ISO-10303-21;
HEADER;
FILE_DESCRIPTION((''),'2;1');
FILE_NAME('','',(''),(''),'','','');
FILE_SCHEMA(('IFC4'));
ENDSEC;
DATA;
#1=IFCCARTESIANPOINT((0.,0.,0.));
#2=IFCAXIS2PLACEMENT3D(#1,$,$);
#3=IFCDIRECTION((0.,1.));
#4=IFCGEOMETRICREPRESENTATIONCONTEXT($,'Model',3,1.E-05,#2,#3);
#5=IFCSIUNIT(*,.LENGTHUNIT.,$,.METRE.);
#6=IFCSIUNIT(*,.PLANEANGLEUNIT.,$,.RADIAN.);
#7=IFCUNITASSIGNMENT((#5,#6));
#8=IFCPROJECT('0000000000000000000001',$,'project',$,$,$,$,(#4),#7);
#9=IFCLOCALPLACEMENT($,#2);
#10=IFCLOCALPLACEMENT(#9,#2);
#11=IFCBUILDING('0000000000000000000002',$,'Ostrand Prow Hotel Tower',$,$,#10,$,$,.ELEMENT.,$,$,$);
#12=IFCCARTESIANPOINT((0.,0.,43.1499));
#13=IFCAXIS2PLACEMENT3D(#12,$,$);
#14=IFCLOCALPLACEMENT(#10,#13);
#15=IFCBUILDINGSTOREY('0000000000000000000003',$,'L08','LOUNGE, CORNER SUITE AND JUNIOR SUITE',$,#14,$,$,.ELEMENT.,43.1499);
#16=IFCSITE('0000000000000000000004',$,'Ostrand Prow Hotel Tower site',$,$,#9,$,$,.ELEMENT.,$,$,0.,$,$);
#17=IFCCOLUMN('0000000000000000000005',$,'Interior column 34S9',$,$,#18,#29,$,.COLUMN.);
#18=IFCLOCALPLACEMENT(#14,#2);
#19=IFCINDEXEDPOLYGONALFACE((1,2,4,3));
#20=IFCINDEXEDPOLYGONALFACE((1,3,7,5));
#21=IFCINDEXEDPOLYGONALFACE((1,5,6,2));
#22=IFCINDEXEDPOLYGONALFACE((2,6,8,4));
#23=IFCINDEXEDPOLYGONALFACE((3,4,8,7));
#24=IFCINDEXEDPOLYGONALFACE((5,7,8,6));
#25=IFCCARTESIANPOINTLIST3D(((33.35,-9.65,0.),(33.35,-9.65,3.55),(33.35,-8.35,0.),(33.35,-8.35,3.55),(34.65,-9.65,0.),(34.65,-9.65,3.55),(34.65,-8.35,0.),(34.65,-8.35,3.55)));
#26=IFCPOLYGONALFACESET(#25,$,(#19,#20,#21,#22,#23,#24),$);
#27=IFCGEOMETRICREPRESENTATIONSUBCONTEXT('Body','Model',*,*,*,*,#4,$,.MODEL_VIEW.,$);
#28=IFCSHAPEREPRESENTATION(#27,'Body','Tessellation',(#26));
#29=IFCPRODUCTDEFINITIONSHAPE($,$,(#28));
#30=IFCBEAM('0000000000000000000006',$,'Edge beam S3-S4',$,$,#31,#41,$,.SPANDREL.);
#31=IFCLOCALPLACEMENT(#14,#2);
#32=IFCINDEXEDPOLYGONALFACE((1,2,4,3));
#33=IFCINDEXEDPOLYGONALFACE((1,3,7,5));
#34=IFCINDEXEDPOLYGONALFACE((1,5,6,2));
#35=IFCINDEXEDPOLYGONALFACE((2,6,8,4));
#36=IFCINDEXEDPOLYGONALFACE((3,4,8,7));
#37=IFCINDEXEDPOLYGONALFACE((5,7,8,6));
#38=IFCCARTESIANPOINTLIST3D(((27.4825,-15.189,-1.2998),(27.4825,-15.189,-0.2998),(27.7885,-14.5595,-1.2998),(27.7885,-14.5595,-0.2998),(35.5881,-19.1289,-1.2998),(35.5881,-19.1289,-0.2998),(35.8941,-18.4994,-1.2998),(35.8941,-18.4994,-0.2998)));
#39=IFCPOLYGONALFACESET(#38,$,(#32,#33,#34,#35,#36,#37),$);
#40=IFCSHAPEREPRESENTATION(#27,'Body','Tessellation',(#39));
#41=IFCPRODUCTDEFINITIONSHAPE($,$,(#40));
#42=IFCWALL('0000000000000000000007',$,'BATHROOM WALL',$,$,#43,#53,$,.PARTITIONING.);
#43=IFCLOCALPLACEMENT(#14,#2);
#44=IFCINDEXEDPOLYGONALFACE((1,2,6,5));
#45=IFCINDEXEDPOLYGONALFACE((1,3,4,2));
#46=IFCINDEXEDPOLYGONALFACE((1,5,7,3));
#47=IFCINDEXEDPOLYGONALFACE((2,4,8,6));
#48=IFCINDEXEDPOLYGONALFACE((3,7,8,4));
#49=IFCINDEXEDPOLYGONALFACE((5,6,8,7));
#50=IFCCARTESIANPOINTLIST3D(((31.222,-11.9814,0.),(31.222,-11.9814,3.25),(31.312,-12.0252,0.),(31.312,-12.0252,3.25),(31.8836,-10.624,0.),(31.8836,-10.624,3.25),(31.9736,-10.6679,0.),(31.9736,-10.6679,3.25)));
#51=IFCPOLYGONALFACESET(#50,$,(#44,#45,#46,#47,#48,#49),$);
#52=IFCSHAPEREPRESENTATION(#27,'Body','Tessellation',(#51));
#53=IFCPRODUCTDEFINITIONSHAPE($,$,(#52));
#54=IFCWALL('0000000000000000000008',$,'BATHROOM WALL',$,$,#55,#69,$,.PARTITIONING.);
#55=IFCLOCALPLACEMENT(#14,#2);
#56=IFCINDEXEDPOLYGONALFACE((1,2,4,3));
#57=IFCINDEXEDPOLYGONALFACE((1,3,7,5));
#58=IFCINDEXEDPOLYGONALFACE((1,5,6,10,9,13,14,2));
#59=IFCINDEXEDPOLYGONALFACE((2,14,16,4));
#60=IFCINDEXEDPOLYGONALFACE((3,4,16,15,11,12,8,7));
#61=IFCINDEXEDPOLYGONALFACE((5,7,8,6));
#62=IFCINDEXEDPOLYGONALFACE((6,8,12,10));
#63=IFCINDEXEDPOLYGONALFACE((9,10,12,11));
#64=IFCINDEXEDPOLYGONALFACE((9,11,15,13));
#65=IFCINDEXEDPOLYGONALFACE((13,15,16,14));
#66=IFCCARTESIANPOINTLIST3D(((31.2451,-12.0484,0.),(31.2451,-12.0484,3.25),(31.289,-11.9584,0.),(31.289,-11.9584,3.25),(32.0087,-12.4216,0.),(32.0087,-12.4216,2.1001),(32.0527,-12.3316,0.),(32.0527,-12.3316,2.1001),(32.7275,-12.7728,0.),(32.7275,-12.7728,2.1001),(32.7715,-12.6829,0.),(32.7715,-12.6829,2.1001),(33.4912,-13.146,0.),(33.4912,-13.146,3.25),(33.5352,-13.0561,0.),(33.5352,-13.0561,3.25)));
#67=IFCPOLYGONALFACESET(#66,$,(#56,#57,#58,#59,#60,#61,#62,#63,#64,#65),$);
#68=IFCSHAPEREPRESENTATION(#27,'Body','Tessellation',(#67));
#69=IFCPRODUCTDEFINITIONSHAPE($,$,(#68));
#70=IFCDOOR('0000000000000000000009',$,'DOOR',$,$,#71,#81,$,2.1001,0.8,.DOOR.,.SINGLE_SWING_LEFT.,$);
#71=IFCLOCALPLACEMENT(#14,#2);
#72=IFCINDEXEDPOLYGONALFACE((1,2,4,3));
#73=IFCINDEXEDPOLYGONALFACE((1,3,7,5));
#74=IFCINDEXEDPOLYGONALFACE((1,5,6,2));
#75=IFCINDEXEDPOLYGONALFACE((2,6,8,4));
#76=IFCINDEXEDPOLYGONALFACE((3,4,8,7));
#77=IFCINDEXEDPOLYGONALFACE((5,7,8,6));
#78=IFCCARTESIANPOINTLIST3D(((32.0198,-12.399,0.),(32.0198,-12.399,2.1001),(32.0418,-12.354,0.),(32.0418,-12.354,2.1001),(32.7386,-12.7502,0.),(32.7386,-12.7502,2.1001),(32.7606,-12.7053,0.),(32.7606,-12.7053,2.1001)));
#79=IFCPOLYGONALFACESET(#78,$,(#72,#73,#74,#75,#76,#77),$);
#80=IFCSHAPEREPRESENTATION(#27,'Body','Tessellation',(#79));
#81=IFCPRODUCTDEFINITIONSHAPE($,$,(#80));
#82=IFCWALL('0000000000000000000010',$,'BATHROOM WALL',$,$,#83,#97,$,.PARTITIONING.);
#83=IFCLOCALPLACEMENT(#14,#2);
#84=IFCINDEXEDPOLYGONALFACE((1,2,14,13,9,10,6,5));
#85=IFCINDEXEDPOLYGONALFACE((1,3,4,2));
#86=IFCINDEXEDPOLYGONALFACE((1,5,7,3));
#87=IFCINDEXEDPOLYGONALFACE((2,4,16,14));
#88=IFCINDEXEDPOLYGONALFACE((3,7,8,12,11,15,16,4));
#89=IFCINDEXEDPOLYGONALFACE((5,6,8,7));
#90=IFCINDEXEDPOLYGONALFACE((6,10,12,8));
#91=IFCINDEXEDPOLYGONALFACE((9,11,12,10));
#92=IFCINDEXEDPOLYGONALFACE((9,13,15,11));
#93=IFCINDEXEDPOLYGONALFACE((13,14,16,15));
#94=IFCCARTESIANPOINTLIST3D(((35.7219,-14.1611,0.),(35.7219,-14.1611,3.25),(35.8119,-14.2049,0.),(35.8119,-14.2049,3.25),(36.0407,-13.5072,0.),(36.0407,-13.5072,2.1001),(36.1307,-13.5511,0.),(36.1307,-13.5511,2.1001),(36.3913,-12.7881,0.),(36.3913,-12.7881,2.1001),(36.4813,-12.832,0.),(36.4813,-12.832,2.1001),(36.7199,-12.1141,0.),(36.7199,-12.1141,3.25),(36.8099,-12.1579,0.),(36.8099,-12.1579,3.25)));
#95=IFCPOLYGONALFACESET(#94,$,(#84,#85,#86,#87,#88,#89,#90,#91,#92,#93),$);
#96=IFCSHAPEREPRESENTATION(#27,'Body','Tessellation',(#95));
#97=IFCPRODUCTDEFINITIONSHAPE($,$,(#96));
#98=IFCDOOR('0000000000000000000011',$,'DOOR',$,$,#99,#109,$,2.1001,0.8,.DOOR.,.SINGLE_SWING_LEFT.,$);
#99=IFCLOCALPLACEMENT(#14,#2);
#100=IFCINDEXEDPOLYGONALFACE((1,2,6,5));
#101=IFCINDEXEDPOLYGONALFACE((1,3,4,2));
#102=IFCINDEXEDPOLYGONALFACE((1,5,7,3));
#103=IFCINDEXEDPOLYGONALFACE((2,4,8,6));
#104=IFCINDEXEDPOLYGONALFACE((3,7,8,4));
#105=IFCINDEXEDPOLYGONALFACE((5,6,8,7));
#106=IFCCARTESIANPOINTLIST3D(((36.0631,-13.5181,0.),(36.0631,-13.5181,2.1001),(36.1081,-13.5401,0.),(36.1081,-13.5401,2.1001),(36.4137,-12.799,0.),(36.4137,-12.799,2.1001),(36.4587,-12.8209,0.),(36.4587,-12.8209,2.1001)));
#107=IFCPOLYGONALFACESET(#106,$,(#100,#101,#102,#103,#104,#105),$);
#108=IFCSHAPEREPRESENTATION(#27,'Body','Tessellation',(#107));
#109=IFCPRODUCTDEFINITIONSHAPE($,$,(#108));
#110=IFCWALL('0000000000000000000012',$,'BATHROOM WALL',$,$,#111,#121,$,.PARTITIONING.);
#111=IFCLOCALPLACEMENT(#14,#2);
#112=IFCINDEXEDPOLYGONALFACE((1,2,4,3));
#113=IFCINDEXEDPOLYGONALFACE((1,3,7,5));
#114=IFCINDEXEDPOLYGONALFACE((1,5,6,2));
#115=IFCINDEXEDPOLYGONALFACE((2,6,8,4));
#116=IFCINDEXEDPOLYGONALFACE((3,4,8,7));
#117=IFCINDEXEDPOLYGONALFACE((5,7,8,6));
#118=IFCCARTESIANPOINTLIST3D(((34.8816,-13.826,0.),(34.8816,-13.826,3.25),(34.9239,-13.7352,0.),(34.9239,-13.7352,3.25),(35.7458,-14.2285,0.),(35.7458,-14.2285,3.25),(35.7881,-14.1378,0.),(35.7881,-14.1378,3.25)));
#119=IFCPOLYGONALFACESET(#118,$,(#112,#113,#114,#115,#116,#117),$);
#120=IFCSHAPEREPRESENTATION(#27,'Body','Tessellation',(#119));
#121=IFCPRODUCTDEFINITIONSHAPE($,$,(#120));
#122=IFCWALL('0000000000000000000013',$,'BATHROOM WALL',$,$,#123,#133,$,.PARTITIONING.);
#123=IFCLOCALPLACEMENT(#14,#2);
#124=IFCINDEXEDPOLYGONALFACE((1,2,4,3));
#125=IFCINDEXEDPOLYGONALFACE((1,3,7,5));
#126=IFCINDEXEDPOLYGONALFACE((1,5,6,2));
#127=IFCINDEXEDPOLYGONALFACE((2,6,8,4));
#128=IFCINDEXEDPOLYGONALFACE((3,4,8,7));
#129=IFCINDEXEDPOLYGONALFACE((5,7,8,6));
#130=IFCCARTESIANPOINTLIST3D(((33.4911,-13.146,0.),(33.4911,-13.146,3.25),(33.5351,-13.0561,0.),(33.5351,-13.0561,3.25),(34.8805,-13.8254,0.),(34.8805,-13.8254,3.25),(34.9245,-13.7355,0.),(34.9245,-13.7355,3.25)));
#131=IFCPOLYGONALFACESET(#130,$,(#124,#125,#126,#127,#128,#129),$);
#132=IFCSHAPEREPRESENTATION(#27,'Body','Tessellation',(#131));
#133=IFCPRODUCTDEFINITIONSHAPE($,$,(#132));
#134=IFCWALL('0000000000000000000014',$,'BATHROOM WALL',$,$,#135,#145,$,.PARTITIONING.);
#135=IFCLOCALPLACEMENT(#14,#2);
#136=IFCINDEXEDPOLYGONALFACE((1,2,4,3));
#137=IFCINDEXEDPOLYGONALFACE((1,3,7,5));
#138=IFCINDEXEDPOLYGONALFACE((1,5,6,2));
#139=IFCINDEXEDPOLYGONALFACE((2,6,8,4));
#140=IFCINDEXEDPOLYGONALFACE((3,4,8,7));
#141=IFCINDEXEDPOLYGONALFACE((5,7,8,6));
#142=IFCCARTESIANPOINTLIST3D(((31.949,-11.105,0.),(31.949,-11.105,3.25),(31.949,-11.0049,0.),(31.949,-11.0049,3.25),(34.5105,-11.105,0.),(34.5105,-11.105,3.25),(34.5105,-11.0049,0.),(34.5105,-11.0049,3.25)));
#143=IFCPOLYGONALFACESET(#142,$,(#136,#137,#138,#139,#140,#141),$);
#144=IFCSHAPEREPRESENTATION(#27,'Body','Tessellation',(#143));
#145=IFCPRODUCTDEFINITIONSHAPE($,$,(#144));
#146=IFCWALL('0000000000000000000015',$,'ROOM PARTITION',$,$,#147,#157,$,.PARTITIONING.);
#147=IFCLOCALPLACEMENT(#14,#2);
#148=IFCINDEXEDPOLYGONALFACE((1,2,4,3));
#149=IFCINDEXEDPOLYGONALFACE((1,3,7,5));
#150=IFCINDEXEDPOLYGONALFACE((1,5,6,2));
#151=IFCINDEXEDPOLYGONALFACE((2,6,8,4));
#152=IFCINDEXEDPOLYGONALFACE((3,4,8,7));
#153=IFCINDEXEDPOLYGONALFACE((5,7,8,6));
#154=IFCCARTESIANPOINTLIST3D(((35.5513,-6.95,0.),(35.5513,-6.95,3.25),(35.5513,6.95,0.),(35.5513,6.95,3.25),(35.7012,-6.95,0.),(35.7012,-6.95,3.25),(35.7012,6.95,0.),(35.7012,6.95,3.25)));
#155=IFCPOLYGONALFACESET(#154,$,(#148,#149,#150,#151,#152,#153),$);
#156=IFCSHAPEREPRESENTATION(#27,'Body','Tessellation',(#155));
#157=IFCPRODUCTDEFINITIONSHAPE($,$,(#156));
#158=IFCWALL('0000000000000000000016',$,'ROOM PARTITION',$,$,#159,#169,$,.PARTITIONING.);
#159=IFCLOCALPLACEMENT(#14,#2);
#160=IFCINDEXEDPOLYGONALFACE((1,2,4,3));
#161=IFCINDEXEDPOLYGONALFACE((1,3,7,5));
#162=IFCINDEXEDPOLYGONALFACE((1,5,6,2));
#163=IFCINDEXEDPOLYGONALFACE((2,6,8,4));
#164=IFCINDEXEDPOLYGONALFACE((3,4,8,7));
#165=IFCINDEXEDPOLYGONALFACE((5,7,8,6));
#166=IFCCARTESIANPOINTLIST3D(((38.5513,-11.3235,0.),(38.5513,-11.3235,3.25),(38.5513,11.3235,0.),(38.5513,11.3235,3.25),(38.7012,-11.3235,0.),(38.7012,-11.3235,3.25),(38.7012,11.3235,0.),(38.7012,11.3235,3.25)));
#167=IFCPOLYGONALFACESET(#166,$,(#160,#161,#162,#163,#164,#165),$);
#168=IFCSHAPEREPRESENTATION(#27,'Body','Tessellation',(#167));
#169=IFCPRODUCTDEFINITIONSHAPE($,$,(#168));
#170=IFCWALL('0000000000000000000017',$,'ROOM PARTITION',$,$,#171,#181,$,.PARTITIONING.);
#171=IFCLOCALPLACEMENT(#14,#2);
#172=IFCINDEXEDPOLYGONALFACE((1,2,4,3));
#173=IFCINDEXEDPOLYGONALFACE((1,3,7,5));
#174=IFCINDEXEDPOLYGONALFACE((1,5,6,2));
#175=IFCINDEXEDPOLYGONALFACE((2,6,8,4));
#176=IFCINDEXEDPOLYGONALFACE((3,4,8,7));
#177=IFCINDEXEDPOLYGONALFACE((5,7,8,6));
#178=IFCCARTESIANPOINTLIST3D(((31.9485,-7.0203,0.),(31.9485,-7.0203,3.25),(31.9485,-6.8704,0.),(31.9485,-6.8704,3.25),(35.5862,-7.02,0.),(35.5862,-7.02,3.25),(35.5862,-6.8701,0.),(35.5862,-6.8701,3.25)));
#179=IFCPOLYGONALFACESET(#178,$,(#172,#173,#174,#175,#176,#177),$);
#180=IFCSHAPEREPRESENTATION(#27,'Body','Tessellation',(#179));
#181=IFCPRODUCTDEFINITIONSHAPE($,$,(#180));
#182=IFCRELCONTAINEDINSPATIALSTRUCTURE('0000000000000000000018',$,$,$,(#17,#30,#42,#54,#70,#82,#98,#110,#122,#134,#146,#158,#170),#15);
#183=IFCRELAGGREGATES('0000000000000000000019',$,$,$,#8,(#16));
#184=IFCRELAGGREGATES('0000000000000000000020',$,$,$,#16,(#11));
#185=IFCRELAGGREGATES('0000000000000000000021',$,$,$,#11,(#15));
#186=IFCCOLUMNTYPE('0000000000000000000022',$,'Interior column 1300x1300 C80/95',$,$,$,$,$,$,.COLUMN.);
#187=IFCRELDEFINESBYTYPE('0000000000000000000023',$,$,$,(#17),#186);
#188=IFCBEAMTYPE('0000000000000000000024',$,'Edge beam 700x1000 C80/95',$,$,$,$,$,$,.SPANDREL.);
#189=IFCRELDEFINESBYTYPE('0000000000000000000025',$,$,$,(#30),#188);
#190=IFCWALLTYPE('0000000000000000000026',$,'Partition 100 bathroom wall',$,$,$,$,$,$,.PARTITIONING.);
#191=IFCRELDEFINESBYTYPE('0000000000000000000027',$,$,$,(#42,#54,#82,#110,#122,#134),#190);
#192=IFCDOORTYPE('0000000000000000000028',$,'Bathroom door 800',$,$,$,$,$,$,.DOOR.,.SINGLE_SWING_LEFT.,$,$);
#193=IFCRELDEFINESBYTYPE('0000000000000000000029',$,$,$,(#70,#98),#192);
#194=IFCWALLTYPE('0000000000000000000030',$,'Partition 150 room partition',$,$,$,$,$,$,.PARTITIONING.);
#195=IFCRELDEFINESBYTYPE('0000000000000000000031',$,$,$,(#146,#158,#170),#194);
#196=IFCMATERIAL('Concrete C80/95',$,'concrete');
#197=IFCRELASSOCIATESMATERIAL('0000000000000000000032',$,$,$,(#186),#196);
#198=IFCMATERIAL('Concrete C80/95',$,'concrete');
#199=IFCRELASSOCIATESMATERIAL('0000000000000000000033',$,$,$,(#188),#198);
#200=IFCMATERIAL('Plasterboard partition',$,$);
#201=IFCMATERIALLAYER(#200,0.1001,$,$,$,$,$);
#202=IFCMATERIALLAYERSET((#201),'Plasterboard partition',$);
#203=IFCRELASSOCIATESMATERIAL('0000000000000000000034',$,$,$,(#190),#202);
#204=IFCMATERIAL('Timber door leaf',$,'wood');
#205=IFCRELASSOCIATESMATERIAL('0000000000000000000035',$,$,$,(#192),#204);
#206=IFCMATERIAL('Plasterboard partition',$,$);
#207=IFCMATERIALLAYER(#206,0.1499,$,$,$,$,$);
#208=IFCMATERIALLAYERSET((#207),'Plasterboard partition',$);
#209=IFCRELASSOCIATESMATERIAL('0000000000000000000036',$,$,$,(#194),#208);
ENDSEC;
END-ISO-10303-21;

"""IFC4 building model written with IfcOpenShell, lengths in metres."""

from ifc_helpers import new_model, si_unit, direction, frame, frame_2d, origin, origin_2d, place, context, subcontext, project, spatial, rectangle, extrude, material, layer, layer_set, material_profile, profile_set, type_object, element, fill, save


model = new_model("IFC4")

# Units and contexts
model_context = context("Model", 3, precision=1e-05, world=origin(), true_north=direction((0.0, 1.0)))
body_context = subcontext(model_context, "Body", "Model", "MODEL_VIEW")
ifc_project = project(units=[si_unit("LENGTHUNIT", "METRE"), si_unit("PLANEANGLEUNIT", "RADIAN")], contexts=[model_context])

# Site, building, storey
site_placement = place(None, origin())
site = spatial("IfcSite", under=ifc_project, at=site_placement, Name="Ostrand Prow Hotel Tower site", CompositionType="ELEMENT", RefElevation=0.0)
building_placement = place(site_placement, origin())
building = spatial("IfcBuilding", under=site, at=building_placement, Name="Ostrand Prow Hotel Tower", CompositionType="ELEMENT")
storey_placement = place(building_placement, frame((0.0, 0.0, 43.1499)))
storey = spatial("IfcBuildingStorey", under=building, at=storey_placement, Name="L08", Description="LOUNGE, CORNER SUITE AND JUNIOR SUITE", CompositionType="ELEMENT", Elevation=43.1499)

# Column
ifc_material_1 = material(Name="Concrete C80/95", Category="concrete")
ifc_material_profile_1 = material_profile(ifc_material_1, rectangle(XDim=1.3, YDim=1.3, at=origin_2d()), Name="RC 1300x1300")
ifc_profile_set_1 = profile_set([ifc_material_profile_1], Name="Concrete C80/95")
column_type = type_object("IfcColumnType", Name="Interior column 1300x1300 C80/95", PredefinedType="COLUMN", material=ifc_profile_set_1)
column_placement = place(storey_placement, frame((34.0, -9.0, 0.0), z_axis=(0.0, 0.0, 1.0), x_axis=(1.0, 0.0, 0.0)))
element("IfcColumn", 1, at=column_placement, inside=storey, type_object=column_type, Name="Interior column 34S9", PredefinedType="COLUMN", context=body_context, shape_type="SweptSolid", body=[
    extrude(rectangle(XDim=1.3, YDim=1.3, at=origin_2d()), origin(), (0.0, 0.0, 1.0), 3.55),
])

# Beam
ifc_material_2 = material(Name="Concrete C80/95", Category="concrete")
ifc_material_profile_2 = material_profile(ifc_material_2, rectangle(XDim=0.7, YDim=1.0, at=origin_2d()), Name="RC 700x1000")
ifc_profile_set_2 = profile_set([ifc_material_profile_2], Name="Concrete C80/95")
beam_type = type_object("IfcBeamType", Name="Edge beam 700x1000 C80/95", PredefinedType="SPANDREL", material=ifc_profile_set_2)
beam_placement = place(storey_placement, frame((27.6355, -14.8743, -0.7998), z_axis=(0.899382, -0.437163, 0.0), x_axis=(0.437163, 0.899382, 0.0)))
element("IfcBeam", 2, at=beam_placement, inside=storey, type_object=beam_type, Name="Edge beam S3-S4", PredefinedType="SPANDREL", context=body_context, shape_type="SweptSolid", body=[
    extrude(rectangle(XDim=0.7, YDim=1.0, at=origin_2d()), origin(), (0.0, 0.0, 1.0), 9.0125),
])

# Wall
ifc_material_3 = material(Name="Plasterboard partition")
ifc_layer_1 = layer(ifc_material_3, 0.1001)
ifc_layer_set_1 = layer_set([ifc_layer_1], Name="Plasterboard partition")
wall_type_1 = type_object("IfcWallType", Name="Partition 100 bathroom wall", PredefinedType="PARTITIONING", material=ifc_layer_set_1)
wall_1_placement = place(storey_placement, frame((31.2671, -12.0032, 0.0), z_axis=(0.0, 0.0, 1.0), x_axis=(0.438137, 0.898908, 0.0)))
element("IfcWall", 3, at=wall_1_placement, inside=storey, type_object=wall_type_1, Name="BATHROOM WALL", PredefinedType="PARTITIONING", context=body_context, shape_type="SweptSolid", body=[
    extrude(rectangle(XDim=1.51, YDim=0.1001, at=frame_2d((0.7549, 0.0))), origin(), (0.0, 0.0, 1.0), 3.25),
])

# Walls, openings, doors
wall_2_placement = place(storey_placement, frame((33.5132, -13.1011, 0.0), z_axis=(0.0, 0.0, 1.0), x_axis=(-0.898453, 0.43907, 0.0)))
wall_2 = element("IfcWall", 4, at=wall_2_placement, inside=storey, type_object=wall_type_1, Name="BATHROOM WALL", PredefinedType="PARTITIONING", context=body_context, shape_type="SweptSolid", body=[
    extrude(rectangle(XDim=2.5, YDim=0.1001, at=frame_2d((1.25, 0.0))), origin(), (0.0, 0.0, 1.0), 3.25),
])
opening_1_placement = place(wall_2_placement, frame((0.8501, 0.0, 0.0)))
opening_1 = element("IfcOpeningElement", 5, at=opening_1_placement, cuts=wall_2, PredefinedType="OPENING", context=body_context, shape_type="SweptSolid", body=[
    extrude(rectangle(XDim=0.8, YDim=2.1001, at=frame_2d((0.3999, 1.05))), frame((0.0, 0.0601, 0.0), z_axis=(0.0, -1.0, 0.0), x_axis=(1.0, 0.0, 0.0)), (0.0, 0.0, 1.0), 0.1201),
])
ifc_material_4 = material(Name="Timber door leaf", Category="wood")
door_type_1 = type_object("IfcDoorType", Name="Bathroom door 800", OperationType="SINGLE_SWING_LEFT", PredefinedType="DOOR", material=ifc_material_4)
door_1_placement = place(opening_1_placement, origin())
door_1 = element("IfcDoor", 6, at=door_1_placement, inside=storey, type_object=door_type_1, Name="DOOR", OperationType="SINGLE_SWING_LEFT", OverallHeight=2.1001, OverallWidth=0.8, PredefinedType="DOOR", context=body_context, shape_type="SweptSolid", body=[
    extrude(rectangle(XDim=0.8, YDim=2.1001, at=frame_2d((0.3999, 1.05))), frame((0.0, 0.0249, 0.0), z_axis=(0.0, -1.0, 0.0), x_axis=(1.0, 0.0, 0.0)), (0.0, 0.0, 1.0), 0.05),
])
fill(opening_1, door_1)
wall_3_placement = place(storey_placement, frame((36.7649, -12.136, 0.0), z_axis=(0.0, 0.0, 1.0), x_axis=(-0.438229, -0.898863, 0.0)))
wall_3 = element("IfcWall", 7, at=wall_3_placement, inside=storey, type_object=wall_type_1, Name="BATHROOM WALL", PredefinedType="PARTITIONING", context=body_context, shape_type="SweptSolid", body=[
    extrude(rectangle(XDim=2.2773, YDim=0.1001, at=frame_2d((1.1387, 0.0))), origin(), (0.0, 0.0, 1.0), 3.25),
])
opening_2_placement = place(wall_3_placement, frame((0.75, 0.0, 0.0)))
opening_2 = element("IfcOpeningElement", 8, at=opening_2_placement, cuts=wall_3, PredefinedType="OPENING", context=body_context, shape_type="SweptSolid", body=[
    extrude(rectangle(XDim=0.8, YDim=2.1001, at=frame_2d((0.3999, 1.05))), frame((0.0, 0.0601, 0.0), z_axis=(0.0, -1.0, 0.0), x_axis=(1.0, 0.0, 0.0)), (0.0, 0.0, 1.0), 0.1201),
])
door_2_placement = place(opening_2_placement, origin())
door_2 = element("IfcDoor", 9, at=door_2_placement, inside=storey, type_object=door_type_1, Name="DOOR", OperationType="SINGLE_SWING_LEFT", OverallHeight=2.1001, OverallWidth=0.8, PredefinedType="DOOR", context=body_context, shape_type="SweptSolid", body=[
    extrude(rectangle(XDim=0.8, YDim=2.1001, at=frame_2d((0.3999, 1.05))), frame((0.0, 0.0249, 0.0), z_axis=(0.0, -1.0, 0.0), x_axis=(1.0, 0.0, 0.0)), (0.0, 0.0, 1.0), 0.05),
])
fill(opening_2, door_2)

# Walls
wall_4_placement = place(storey_placement, frame((35.7668, -14.1831, 0.0), z_axis=(0.0, 0.0, 1.0), x_axis=(-0.906477, 0.422255, 0.0)))
element("IfcWall", 10, at=wall_4_placement, inside=storey, type_object=wall_type_1, Name="BATHROOM WALL", PredefinedType="PARTITIONING", context=body_context, shape_type="SweptSolid", body=[
    extrude(rectangle(XDim=0.9534, YDim=0.1001, at=frame_2d((0.4766, 0.0))), origin(), (0.0, 0.0, 1.0), 3.25),
])
wall_5_placement = place(storey_placement, frame((34.9026, -13.7805, 0.0), z_axis=(0.0, 0.0, 1.0), x_axis=(-0.898339, 0.439304, 0.0)))
element("IfcWall", 11, at=wall_5_placement, inside=storey, type_object=wall_type_1, Name="BATHROOM WALL", PredefinedType="PARTITIONING", context=body_context, shape_type="SweptSolid", body=[
    extrude(rectangle(XDim=1.5466, YDim=0.1001, at=frame_2d((0.7734, 0.0))), origin(), (0.0, 0.0, 1.0), 3.25),
])
wall_6_placement = place(storey_placement, frame((31.949, -11.0549, 0.0), z_axis=(0.0, 0.0, 1.0), x_axis=(1.0, 0.0, 0.0)))
element("IfcWall", 12, at=wall_6_placement, inside=storey, type_object=wall_type_1, Name="BATHROOM WALL", PredefinedType="PARTITIONING", context=body_context, shape_type="SweptSolid", body=[
    extrude(rectangle(XDim=2.5615, YDim=0.1001, at=frame_2d((1.2808, 0.0))), origin(), (0.0, 0.0, 1.0), 3.25),
])
ifc_material_5 = material(Name="Plasterboard partition")
ifc_layer_2 = layer(ifc_material_5, 0.1499)
ifc_layer_set_2 = layer_set([ifc_layer_2], Name="Plasterboard partition")
wall_type_2 = type_object("IfcWallType", Name="Partition 150 room partition", PredefinedType="PARTITIONING", material=ifc_layer_set_2)
wall_7_placement = place(storey_placement, frame((35.6262, -6.95, 0.0), z_axis=(0.0, 0.0, 1.0), x_axis=(0.0, 1.0, 0.0)))
element("IfcWall", 13, at=wall_7_placement, inside=storey, type_object=wall_type_2, Name="ROOM PARTITION", PredefinedType="PARTITIONING", context=body_context, shape_type="SweptSolid", body=[
    extrude(rectangle(XDim=13.8999, YDim=0.1499, at=frame_2d((6.95, 0.0))), origin(), (0.0, 0.0, 1.0), 3.25),
])
wall_8_placement = place(storey_placement, frame((38.6262, -11.3235, 0.0), z_axis=(0.0, 0.0, 1.0), x_axis=(0.0, 1.0, 0.0)))
element("IfcWall", 14, at=wall_8_placement, inside=storey, type_object=wall_type_2, Name="ROOM PARTITION", PredefinedType="PARTITIONING", context=body_context, shape_type="SweptSolid", body=[
    extrude(rectangle(XDim=22.647, YDim=0.1499, at=frame_2d((11.3235, 0.0))), origin(), (0.0, 0.0, 1.0), 3.25),
])
wall_9_placement = place(storey_placement, frame((35.5862, -6.9451, 0.0), z_axis=(0.0, 0.0, 1.0), x_axis=(-1.0, -0.000067, 0.0)))
element("IfcWall", 15, at=wall_9_placement, inside=storey, type_object=wall_type_2, Name="ROOM PARTITION", PredefinedType="PARTITIONING", context=body_context, shape_type="SweptSolid", body=[
    extrude(rectangle(XDim=3.6377, YDim=0.1499, at=frame_2d((1.8188, 0.0))), origin(), (0.0, 0.0, 1.0), 3.25),
])

save(model, "model.ifc")
